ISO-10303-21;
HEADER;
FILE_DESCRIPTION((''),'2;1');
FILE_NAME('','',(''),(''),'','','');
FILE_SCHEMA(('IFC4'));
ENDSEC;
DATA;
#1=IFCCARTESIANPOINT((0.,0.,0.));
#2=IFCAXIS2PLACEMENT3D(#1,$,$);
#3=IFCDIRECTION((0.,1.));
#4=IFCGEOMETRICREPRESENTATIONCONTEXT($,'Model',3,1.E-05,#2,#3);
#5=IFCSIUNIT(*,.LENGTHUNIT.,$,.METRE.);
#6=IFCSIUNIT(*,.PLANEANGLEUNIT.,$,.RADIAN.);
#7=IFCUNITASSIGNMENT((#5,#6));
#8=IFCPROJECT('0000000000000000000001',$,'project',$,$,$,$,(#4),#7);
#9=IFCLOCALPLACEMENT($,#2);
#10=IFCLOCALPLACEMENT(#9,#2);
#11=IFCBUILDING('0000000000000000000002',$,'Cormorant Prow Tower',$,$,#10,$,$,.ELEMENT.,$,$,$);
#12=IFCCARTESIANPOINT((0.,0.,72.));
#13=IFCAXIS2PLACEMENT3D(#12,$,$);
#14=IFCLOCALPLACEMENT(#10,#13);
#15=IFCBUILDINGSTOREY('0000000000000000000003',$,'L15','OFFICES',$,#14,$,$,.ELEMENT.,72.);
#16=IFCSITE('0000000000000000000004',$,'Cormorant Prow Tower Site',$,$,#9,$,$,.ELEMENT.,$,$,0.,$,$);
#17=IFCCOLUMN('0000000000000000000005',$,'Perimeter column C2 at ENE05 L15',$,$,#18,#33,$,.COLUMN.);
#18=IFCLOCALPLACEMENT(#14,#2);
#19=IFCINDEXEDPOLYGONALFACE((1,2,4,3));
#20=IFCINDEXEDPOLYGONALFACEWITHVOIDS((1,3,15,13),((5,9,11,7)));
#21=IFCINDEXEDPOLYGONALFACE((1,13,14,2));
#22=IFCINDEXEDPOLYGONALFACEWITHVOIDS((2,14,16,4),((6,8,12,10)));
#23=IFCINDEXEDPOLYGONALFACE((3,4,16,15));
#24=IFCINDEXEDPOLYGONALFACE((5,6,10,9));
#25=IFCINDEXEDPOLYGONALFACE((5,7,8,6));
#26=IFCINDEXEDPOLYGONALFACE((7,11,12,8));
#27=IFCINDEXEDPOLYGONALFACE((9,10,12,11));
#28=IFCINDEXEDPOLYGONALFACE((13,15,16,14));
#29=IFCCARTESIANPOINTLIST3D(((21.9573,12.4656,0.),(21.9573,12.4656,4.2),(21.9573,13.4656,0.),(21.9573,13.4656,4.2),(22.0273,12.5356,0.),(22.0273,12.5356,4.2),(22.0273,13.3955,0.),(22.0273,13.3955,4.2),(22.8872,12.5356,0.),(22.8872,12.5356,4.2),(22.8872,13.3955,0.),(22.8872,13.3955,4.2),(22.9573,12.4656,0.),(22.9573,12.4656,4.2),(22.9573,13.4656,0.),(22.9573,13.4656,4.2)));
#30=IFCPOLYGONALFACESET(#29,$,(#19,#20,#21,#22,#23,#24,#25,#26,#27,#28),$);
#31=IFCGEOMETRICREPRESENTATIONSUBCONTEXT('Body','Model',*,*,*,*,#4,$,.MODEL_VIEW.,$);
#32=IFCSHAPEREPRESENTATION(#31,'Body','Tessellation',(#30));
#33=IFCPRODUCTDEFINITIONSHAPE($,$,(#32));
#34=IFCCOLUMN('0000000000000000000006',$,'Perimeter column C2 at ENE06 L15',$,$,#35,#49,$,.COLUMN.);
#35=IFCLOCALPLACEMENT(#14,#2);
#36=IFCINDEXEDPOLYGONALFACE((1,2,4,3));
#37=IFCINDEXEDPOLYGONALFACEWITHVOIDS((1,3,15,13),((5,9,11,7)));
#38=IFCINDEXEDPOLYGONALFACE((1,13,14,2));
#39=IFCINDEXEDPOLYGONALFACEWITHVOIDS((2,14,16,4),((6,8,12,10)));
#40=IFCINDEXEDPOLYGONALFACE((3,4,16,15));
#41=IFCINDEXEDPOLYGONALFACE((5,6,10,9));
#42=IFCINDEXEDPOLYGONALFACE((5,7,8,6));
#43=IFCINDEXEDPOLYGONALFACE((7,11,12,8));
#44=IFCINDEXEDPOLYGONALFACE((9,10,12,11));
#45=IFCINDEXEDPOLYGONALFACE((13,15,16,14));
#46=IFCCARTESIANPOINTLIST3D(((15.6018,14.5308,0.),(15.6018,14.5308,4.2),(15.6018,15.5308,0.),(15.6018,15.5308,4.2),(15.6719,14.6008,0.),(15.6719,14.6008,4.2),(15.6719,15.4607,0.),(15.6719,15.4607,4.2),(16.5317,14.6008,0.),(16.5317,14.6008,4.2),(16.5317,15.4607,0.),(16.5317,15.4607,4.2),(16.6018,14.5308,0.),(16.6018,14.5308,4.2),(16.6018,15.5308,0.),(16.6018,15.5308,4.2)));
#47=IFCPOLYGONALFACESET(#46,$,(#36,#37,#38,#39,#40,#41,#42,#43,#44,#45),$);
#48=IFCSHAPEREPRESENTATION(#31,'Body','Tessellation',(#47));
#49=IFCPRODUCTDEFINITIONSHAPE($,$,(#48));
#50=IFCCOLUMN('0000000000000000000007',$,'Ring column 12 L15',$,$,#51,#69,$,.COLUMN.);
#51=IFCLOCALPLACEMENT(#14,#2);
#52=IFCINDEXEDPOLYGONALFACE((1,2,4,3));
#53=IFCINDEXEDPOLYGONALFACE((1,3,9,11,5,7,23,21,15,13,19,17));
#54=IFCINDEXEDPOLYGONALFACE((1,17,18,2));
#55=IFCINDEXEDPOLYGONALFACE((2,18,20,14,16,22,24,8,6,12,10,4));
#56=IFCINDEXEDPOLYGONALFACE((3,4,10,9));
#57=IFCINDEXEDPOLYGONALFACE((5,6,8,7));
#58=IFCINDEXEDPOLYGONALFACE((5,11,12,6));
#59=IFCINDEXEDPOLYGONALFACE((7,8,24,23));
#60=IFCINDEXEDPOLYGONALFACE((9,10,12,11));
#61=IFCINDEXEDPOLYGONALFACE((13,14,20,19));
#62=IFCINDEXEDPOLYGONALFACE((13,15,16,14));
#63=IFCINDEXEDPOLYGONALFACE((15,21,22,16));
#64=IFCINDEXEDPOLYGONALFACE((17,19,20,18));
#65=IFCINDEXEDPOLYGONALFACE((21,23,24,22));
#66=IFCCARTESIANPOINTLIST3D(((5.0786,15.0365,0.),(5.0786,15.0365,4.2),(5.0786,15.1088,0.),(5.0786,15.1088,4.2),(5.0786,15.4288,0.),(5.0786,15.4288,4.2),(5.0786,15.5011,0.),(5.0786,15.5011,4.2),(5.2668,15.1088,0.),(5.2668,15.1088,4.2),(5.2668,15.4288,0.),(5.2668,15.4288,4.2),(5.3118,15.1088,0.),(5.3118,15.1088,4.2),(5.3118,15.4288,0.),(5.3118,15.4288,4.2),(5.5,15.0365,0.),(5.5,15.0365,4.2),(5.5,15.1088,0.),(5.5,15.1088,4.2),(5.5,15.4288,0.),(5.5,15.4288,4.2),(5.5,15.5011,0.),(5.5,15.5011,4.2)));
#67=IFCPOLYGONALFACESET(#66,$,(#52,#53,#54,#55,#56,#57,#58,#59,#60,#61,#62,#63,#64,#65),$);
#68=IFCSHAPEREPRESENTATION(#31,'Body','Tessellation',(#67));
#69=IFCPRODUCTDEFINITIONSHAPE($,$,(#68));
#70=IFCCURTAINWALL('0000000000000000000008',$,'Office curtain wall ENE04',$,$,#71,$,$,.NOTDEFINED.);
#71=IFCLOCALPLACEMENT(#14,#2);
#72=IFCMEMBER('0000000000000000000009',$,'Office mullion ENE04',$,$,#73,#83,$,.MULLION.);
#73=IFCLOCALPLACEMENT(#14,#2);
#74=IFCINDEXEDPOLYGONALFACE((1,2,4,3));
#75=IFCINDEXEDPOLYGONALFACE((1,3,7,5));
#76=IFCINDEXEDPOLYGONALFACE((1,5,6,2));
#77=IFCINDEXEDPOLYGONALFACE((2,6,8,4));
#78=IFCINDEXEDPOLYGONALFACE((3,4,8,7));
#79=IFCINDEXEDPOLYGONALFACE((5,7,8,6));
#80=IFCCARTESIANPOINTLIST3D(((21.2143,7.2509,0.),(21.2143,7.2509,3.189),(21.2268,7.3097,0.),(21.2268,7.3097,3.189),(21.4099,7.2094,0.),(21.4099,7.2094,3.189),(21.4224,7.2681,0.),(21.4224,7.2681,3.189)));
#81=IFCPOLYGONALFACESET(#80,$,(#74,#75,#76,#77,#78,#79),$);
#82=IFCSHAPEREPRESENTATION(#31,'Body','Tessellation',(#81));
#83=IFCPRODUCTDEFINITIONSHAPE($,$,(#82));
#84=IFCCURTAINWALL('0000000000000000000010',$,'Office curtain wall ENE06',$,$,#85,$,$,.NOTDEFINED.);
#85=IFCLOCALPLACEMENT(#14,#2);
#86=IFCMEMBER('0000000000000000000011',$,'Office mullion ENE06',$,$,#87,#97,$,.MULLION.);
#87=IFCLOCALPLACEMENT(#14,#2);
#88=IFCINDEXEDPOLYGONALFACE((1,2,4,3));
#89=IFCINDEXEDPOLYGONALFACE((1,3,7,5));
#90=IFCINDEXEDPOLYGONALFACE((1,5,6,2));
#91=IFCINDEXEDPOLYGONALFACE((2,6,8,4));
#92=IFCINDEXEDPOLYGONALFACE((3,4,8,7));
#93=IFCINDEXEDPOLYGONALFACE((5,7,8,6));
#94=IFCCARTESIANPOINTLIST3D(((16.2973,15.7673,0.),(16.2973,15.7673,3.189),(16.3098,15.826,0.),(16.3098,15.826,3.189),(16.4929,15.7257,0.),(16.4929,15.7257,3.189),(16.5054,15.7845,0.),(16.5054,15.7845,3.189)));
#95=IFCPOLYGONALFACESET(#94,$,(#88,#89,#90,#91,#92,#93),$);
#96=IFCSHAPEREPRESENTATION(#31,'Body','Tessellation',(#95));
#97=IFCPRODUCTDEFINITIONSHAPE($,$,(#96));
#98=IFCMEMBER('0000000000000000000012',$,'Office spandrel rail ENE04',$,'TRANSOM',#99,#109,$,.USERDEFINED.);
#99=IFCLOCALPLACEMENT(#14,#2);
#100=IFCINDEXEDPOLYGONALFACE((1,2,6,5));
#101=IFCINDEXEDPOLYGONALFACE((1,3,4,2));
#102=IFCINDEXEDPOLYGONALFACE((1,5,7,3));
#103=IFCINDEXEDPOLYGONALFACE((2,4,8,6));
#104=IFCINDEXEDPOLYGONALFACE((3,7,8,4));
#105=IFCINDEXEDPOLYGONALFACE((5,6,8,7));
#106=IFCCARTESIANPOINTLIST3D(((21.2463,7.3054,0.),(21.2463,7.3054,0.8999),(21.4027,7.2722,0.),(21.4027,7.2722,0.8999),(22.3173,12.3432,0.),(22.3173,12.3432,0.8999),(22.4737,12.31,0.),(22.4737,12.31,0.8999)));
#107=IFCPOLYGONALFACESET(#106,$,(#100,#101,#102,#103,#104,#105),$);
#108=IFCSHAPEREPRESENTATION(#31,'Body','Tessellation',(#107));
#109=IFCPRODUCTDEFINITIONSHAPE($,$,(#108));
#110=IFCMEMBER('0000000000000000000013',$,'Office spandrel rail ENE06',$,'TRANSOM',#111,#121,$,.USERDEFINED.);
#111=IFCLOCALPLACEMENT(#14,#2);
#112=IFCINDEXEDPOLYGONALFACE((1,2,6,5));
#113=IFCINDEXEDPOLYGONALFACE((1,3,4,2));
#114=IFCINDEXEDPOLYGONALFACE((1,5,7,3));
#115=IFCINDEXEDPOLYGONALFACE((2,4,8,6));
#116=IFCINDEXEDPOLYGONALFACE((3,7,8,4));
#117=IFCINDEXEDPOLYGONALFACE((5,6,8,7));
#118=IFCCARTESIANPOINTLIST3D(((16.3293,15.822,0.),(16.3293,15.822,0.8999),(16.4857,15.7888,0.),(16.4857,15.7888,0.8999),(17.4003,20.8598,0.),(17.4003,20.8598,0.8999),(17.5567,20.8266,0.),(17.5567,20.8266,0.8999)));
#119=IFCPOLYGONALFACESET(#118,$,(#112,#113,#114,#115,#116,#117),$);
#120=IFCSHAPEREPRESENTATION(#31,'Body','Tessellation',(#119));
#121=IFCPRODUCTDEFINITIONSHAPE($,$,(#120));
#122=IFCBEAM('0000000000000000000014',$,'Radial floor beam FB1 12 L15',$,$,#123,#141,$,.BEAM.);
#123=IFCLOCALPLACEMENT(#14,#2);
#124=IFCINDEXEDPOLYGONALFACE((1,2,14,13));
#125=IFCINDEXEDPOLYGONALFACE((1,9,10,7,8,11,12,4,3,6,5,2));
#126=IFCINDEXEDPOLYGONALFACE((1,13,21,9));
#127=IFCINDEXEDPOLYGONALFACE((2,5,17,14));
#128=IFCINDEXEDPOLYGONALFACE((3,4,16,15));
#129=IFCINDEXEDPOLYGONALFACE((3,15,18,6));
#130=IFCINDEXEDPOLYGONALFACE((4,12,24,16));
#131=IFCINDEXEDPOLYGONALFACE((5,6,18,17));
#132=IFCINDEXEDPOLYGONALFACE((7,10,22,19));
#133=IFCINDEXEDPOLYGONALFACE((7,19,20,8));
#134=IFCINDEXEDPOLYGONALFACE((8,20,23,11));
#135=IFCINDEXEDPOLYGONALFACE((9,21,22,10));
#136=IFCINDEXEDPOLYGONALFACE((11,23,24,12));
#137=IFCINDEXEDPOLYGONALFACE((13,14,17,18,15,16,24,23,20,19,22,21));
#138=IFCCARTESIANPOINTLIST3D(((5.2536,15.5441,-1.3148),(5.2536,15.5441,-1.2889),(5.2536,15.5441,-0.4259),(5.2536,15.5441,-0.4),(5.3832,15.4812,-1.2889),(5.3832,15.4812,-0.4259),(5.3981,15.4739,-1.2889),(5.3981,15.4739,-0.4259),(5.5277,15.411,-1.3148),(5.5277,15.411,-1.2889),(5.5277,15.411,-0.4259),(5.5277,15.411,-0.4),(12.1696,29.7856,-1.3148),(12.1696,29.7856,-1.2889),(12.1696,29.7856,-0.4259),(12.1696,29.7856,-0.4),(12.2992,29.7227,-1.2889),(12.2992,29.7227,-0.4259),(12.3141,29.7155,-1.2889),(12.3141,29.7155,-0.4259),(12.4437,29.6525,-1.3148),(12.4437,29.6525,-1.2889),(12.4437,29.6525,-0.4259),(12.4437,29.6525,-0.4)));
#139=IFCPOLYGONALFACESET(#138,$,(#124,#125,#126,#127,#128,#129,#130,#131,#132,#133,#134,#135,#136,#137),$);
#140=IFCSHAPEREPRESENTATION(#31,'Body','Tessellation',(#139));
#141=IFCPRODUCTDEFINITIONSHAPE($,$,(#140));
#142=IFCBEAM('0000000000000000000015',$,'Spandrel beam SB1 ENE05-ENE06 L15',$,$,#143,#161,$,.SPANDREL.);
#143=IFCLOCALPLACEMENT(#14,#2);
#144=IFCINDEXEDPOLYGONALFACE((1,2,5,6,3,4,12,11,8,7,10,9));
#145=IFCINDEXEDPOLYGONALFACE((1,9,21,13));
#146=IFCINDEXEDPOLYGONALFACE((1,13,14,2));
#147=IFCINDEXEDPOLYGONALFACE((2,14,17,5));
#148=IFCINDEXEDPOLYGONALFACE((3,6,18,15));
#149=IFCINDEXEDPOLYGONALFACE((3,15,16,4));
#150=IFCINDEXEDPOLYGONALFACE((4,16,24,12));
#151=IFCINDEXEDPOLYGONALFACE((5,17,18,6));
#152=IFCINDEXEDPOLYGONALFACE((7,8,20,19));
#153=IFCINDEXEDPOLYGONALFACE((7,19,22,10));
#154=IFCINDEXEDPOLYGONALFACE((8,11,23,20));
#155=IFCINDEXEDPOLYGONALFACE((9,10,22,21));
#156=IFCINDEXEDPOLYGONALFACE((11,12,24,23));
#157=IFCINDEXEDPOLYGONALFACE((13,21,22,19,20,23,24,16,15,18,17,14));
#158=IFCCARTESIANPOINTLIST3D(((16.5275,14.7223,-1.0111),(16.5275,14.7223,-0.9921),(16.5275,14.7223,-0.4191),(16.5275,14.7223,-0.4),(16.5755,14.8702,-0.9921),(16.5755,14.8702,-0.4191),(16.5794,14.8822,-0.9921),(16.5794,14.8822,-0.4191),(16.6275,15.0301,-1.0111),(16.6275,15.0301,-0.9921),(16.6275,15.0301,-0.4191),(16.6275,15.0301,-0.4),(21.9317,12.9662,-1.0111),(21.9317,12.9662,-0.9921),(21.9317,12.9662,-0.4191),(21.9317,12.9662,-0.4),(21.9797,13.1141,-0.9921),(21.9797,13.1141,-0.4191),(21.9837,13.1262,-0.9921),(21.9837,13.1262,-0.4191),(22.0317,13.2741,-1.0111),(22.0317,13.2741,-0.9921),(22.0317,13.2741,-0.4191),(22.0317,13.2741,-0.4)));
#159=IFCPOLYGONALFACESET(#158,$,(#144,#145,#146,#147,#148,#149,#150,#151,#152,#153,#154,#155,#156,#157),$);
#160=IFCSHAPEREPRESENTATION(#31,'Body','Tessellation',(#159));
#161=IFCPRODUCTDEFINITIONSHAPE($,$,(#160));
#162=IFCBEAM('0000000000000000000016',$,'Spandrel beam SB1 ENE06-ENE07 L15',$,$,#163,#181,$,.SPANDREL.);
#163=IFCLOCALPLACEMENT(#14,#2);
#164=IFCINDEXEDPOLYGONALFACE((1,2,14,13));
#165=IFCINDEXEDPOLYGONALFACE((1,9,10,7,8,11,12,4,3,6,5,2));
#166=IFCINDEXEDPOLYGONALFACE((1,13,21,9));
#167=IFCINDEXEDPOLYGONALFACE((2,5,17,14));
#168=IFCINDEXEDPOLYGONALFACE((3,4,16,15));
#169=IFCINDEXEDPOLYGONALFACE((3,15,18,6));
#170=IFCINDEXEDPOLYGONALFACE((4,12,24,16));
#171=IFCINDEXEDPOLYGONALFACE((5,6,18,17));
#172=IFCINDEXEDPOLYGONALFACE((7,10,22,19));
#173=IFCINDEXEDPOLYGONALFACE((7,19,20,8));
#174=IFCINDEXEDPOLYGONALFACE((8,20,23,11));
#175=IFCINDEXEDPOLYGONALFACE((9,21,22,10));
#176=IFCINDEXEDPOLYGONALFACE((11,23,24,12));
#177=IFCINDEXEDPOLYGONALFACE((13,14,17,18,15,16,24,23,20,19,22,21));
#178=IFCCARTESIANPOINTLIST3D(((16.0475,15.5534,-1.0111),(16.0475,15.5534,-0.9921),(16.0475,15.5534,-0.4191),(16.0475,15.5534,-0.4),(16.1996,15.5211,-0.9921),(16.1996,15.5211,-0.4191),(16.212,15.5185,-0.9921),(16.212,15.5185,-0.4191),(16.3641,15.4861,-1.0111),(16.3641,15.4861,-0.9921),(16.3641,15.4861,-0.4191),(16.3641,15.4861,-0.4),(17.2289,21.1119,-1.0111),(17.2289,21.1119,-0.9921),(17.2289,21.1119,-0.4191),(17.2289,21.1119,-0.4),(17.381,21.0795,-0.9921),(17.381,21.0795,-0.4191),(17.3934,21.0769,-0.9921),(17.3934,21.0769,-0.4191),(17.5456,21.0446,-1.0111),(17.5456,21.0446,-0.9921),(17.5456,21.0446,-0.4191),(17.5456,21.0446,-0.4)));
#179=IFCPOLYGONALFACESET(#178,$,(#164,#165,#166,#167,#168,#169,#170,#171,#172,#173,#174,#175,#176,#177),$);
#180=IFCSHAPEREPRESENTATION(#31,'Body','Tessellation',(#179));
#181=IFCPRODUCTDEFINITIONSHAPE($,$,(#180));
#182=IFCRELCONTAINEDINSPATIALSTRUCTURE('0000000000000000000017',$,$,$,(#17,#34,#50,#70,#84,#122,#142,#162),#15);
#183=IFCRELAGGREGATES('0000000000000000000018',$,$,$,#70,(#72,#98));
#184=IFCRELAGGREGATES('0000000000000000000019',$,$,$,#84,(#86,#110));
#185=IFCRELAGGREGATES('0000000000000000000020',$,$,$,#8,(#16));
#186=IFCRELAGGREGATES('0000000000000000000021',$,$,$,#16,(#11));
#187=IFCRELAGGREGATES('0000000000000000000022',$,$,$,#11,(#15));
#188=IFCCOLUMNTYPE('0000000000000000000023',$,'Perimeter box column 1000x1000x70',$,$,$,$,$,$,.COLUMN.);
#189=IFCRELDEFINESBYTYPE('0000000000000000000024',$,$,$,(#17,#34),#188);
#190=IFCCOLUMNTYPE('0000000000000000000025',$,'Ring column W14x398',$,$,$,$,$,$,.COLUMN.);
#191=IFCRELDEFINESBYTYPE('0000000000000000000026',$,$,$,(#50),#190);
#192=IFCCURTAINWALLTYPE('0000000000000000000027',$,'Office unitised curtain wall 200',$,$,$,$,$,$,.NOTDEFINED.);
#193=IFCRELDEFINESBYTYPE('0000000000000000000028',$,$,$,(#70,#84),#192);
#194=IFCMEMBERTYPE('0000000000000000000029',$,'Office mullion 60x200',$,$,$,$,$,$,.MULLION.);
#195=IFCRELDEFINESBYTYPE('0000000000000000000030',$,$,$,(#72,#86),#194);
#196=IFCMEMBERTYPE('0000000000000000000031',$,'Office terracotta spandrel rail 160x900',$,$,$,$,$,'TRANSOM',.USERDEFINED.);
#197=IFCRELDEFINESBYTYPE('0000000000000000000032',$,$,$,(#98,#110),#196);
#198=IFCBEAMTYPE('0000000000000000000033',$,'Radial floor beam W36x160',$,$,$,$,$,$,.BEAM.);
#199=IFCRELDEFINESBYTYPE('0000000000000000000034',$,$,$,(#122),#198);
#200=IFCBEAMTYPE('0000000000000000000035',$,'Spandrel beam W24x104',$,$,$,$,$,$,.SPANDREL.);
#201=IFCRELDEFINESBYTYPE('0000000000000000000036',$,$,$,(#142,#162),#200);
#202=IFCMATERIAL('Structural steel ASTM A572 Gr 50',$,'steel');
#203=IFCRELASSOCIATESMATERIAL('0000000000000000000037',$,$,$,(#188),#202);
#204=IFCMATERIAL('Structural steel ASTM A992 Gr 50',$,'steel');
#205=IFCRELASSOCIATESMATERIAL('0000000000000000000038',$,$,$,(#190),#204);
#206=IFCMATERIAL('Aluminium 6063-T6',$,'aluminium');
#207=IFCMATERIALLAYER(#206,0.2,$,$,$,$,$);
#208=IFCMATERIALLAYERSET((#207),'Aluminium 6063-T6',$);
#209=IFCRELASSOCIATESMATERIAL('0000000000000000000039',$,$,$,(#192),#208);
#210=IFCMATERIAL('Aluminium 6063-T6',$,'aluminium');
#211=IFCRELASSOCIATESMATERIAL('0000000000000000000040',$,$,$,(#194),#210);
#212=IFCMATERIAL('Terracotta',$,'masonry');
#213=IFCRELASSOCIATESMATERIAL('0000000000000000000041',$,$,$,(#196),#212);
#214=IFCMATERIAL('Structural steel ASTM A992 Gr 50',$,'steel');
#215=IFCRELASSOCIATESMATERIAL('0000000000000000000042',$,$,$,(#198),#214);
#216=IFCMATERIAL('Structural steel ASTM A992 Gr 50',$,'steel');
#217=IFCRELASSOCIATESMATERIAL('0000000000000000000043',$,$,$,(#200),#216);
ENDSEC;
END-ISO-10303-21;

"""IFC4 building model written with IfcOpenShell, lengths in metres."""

from ifc_helpers import new_model, si_unit, direction, frame, origin, origin_2d, place, context, subcontext, project, spatial, rectangle, hollow_rectangle, i_section, extrude, material, layer, layer_set, material_profile, profile_set, type_object, element, aggregate, save


model = new_model("IFC4")

# Units and contexts
model_context = context("Model", 3, precision=1e-05, world=origin(), true_north=direction((0.0, 1.0)))
body_context = subcontext(model_context, "Body", "Model", "MODEL_VIEW")
ifc_project = project(units=[si_unit("LENGTHUNIT", "METRE"), si_unit("PLANEANGLEUNIT", "RADIAN")], contexts=[model_context])

# Site, building, storey
site_placement = place(None, origin())
site = spatial("IfcSite", under=ifc_project, at=site_placement, Name="Cormorant Prow Tower Site", CompositionType="ELEMENT", RefElevation=0.0)
building_placement = place(site_placement, origin())
building = spatial("IfcBuilding", under=site, at=building_placement, Name="Cormorant Prow Tower", CompositionType="ELEMENT")
storey_placement = place(building_placement, frame((0.0, 0.0, 72.0)))
storey = spatial("IfcBuildingStorey", under=building, at=storey_placement, Name="L15", Description="OFFICES", CompositionType="ELEMENT", Elevation=72.0)

# Columns
ifc_material_1 = material(Name="Structural steel ASTM A572 Gr 50", Category="steel")
ifc_material_profile_1 = material_profile(ifc_material_1, hollow_rectangle(XDim=1.0, YDim=1.0, WallThickness=0.0701, at=origin_2d()), Name="Box 1000x1000x70")
ifc_profile_set_1 = profile_set([ifc_material_profile_1], Name="Structural steel ASTM A572 Gr 50")
column_type_1 = type_object("IfcColumnType", Name="Perimeter box column 1000x1000x70", PredefinedType="COLUMN", material=ifc_profile_set_1)
for number, where, z_axis, x_axis, name in (
    (1, (22.4573, 12.9656, 0.0), (0.0, 0.0, 1.0), (1.0, 0.0, 0.0), "Perimeter column C2 at ENE05 L15"),
    (2, (16.1018, 15.0308, 0.0), (0.0, 0.0, 1.0), (1.0, 0.0, 0.0), "Perimeter column C2 at ENE06 L15"),
):
    element("IfcColumn", number, at=place(storey_placement, frame(where, z_axis=z_axis, x_axis=x_axis)), inside=storey, type_object=column_type_1, Name=name, PredefinedType="COLUMN", context=body_context, shape_type="SweptSolid", body=[
        extrude(hollow_rectangle(XDim=1.0, YDim=1.0, WallThickness=0.0701, at=origin_2d()), origin(), (0.0, 0.0, 1.0), 4.2),
    ])
ifc_material_2 = material(Name="Structural steel ASTM A992 Gr 50", Category="steel")
ifc_material_profile_2 = material_profile(ifc_material_2, i_section(OverallWidth=0.4214, OverallDepth=0.4646, WebThickness=0.0449, FlangeThickness=0.0723, at=origin_2d()), Name="W14x398")
ifc_profile_set_2 = profile_set([ifc_material_profile_2], Name="Structural steel ASTM A992 Gr 50")
column_type_2 = type_object("IfcColumnType", Name="Ring column W14x398", PredefinedType="COLUMN", material=ifc_profile_set_2)
column_placement = place(storey_placement, frame((5.2893, 15.2688, 0.0), z_axis=(0.0, 0.0, 1.0), x_axis=(1.0, 0.0, 0.0)))
element("IfcColumn", 3, at=column_placement, inside=storey, type_object=column_type_2, Name="Ring column 12 L15", PredefinedType="COLUMN", context=body_context, shape_type="SweptSolid", body=[
    extrude(i_section(OverallWidth=0.4214, OverallDepth=0.4646, WebThickness=0.0449, FlangeThickness=0.0723, at=origin_2d()), origin(), (0.0, 0.0, 1.0), 4.2),
])

# Curtain walls, members
ifc_material_3 = material(Name="Aluminium 6063-T6", Category="aluminium")
ifc_layer_1 = layer(ifc_material_3, 0.2)
ifc_layer_set_1 = layer_set([ifc_layer_1], Name="Aluminium 6063-T6")
curtain_wall_type = type_object("IfcCurtainWallType", Name="Office unitised curtain wall 200", PredefinedType="NOTDEFINED", material=ifc_layer_set_1)
curtain_wall_1_placement = place(storey_placement, origin())
curtain_wall_1 = element("IfcCurtainWall", 4, at=curtain_wall_1_placement, inside=storey, type_object=curtain_wall_type, Name="Office curtain wall ENE04", PredefinedType="NOTDEFINED")
ifc_material_4 = material(Name="Aluminium 6063-T6", Category="aluminium")
ifc_material_profile_3 = material_profile(ifc_material_4, rectangle(XDim=0.2, YDim=0.0601, at=origin_2d()), Name="Office mullion 60x200")
ifc_profile_set_3 = profile_set([ifc_material_profile_3], Name="Aluminium 6063-T6")
member_type_1 = type_object("IfcMemberType", Name="Office mullion 60x200", PredefinedType="MULLION", material=ifc_profile_set_3)
member_1_placement = place(storey_placement, frame((21.3184, 7.2595, 0.0), z_axis=(0.0, 0.0, 1.0), x_axis=(-0.978148, 0.207912, 0.0)))
member_1 = element("IfcMember", 5, at=member_1_placement, type_object=member_type_1, Name="Office mullion ENE04", PredefinedType="MULLION", context=body_context, shape_type="SweptSolid", body=[
    extrude(rectangle(XDim=0.2, YDim=0.0601, at=origin_2d()), origin(), (0.0, 0.0, 1.0), 3.189),
])
curtain_wall_2_placement = place(storey_placement, origin())
curtain_wall_2 = element("IfcCurtainWall", 6, at=curtain_wall_2_placement, inside=storey, type_object=curtain_wall_type, Name="Office curtain wall ENE06", PredefinedType="NOTDEFINED")
member_2_placement = place(storey_placement, frame((16.4014, 15.7759, 0.0), z_axis=(0.0, 0.0, 1.0), x_axis=(-0.978148, 0.207912, 0.0)))
member_2 = element("IfcMember", 7, at=member_2_placement, type_object=member_type_1, Name="Office mullion ENE06", PredefinedType="MULLION", context=body_context, shape_type="SweptSolid", body=[
    extrude(rectangle(XDim=0.2, YDim=0.0601, at=origin_2d()), origin(), (0.0, 0.0, 1.0), 3.189),
])

# Members
ifc_material_5 = material(Name="Terracotta", Category="masonry")
ifc_material_profile_4 = material_profile(ifc_material_5, rectangle(XDim=0.1599, YDim=0.8999, at=origin_2d()), Name="Office terracotta spandrel rail 160x900")
ifc_profile_set_4 = profile_set([ifc_material_profile_4], Name="Terracotta")
member_type_2 = type_object("IfcMemberType", Name="Office terracotta spandrel rail 160x900", ElementType="TRANSOM", PredefinedType="USERDEFINED", material=ifc_profile_set_4)
member_3_placement = place(storey_placement, frame((21.3245, 7.2888, 0.45), z_axis=(0.207952, 0.978139, 0.0), x_axis=(-0.978139, 0.207952, 0.0)))
member_3 = element("IfcMember", 8, at=member_3_placement, type_object=member_type_2, Name="Office spandrel rail ENE04", ObjectType="TRANSOM", PredefinedType="USERDEFINED", context=body_context, shape_type="SweptSolid", body=[
    extrude(rectangle(XDim=0.1599, YDim=0.8999, at=origin_2d()), origin(), (0.0, 0.0, 1.0), 5.1504),
])
member_4_placement = place(storey_placement, frame((16.4075, 15.8054, 0.45), z_axis=(0.207952, 0.978139, 0.0), x_axis=(-0.978139, 0.207952, 0.0)))
member_4 = element("IfcMember", 9, at=member_4_placement, type_object=member_type_2, Name="Office spandrel rail ENE06", ObjectType="TRANSOM", PredefinedType="USERDEFINED", context=body_context, shape_type="SweptSolid", body=[
    extrude(rectangle(XDim=0.1599, YDim=0.8999, at=origin_2d()), origin(), (0.0, 0.0, 1.0), 5.1504),
])

# Beams
ifc_material_6 = material(Name="Structural steel ASTM A992 Gr 50", Category="steel")
ifc_material_profile_5 = material_profile(ifc_material_6, i_section(OverallWidth=0.3047, OverallDepth=0.9148, WebThickness=0.0166, FlangeThickness=0.0259, at=origin_2d()), Name="W36x160")
ifc_profile_set_5 = profile_set([ifc_material_profile_5], Name="Structural steel ASTM A992 Gr 50")
beam_type_1 = type_object("IfcBeamType", Name="Radial floor beam W36x160", PredefinedType="BEAM", material=ifc_profile_set_5)
beam_1_placement = place(storey_placement, frame((5.3906, 15.4775, -0.8574), z_axis=(0.436839, 0.899539, 0.0), x_axis=(-0.899539, 0.436839, 0.0)))
element("IfcBeam", 10, at=beam_1_placement, inside=storey, type_object=beam_type_1, Name="Radial floor beam FB1 12 L15", PredefinedType="BEAM", context=body_context, shape_type="SweptSolid", body=[
    extrude(i_section(OverallWidth=0.3047, OverallDepth=0.9148, WebThickness=0.0166, FlangeThickness=0.0259, at=origin_2d()), origin(), (0.0, 0.0, 1.0), 15.832),
])
ifc_material_7 = material(Name="Structural steel ASTM A992 Gr 50", Category="steel")
ifc_material_profile_6 = material_profile(ifc_material_7, i_section(OverallWidth=0.3237, OverallDepth=0.6111, WebThickness=0.0127, FlangeThickness=0.019, at=origin_2d()), Name="W24x104")
ifc_profile_set_6 = profile_set([ifc_material_profile_6], Name="Structural steel ASTM A992 Gr 50")
beam_type_2 = type_object("IfcBeamType", Name="Spandrel beam W24x104", PredefinedType="SPANDREL", material=ifc_profile_set_6)
beam_2_placement = place(storey_placement, frame((21.9817, 13.1201, -0.7056), z_axis=(-0.951049, 0.309039, 0.0), x_axis=(-0.309039, -0.951049, 0.0)))
element("IfcBeam", 11, at=beam_2_placement, inside=storey, type_object=beam_type_2, Name="Spandrel beam SB1 ENE05-ENE06 L15", PredefinedType="SPANDREL", context=body_context, shape_type="SweptSolid", body=[
    extrude(i_section(OverallWidth=0.3237, OverallDepth=0.6111, WebThickness=0.0127, FlangeThickness=0.019, at=origin_2d()), origin(), (0.0, 0.0, 1.0), 5.6824),
])
beam_3_placement = place(storey_placement, frame((16.2058, 15.5198, -0.7056), z_axis=(0.2079, 0.97815, 0.0), x_axis=(-0.97815, 0.2079, 0.0)))
element("IfcBeam", 12, at=beam_3_placement, inside=storey, type_object=beam_type_2, Name="Spandrel beam SB1 ENE06-ENE07 L15", PredefinedType="SPANDREL", context=body_context, shape_type="SweptSolid", body=[
    extrude(i_section(OverallWidth=0.3237, OverallDepth=0.6111, WebThickness=0.0127, FlangeThickness=0.019, at=origin_2d()), origin(), (0.0, 0.0, 1.0), 5.6826),
])

aggregate(curtain_wall_1, [member_1, member_3])
aggregate(curtain_wall_2, [member_2, member_4])

save(model, "model.ifc")
